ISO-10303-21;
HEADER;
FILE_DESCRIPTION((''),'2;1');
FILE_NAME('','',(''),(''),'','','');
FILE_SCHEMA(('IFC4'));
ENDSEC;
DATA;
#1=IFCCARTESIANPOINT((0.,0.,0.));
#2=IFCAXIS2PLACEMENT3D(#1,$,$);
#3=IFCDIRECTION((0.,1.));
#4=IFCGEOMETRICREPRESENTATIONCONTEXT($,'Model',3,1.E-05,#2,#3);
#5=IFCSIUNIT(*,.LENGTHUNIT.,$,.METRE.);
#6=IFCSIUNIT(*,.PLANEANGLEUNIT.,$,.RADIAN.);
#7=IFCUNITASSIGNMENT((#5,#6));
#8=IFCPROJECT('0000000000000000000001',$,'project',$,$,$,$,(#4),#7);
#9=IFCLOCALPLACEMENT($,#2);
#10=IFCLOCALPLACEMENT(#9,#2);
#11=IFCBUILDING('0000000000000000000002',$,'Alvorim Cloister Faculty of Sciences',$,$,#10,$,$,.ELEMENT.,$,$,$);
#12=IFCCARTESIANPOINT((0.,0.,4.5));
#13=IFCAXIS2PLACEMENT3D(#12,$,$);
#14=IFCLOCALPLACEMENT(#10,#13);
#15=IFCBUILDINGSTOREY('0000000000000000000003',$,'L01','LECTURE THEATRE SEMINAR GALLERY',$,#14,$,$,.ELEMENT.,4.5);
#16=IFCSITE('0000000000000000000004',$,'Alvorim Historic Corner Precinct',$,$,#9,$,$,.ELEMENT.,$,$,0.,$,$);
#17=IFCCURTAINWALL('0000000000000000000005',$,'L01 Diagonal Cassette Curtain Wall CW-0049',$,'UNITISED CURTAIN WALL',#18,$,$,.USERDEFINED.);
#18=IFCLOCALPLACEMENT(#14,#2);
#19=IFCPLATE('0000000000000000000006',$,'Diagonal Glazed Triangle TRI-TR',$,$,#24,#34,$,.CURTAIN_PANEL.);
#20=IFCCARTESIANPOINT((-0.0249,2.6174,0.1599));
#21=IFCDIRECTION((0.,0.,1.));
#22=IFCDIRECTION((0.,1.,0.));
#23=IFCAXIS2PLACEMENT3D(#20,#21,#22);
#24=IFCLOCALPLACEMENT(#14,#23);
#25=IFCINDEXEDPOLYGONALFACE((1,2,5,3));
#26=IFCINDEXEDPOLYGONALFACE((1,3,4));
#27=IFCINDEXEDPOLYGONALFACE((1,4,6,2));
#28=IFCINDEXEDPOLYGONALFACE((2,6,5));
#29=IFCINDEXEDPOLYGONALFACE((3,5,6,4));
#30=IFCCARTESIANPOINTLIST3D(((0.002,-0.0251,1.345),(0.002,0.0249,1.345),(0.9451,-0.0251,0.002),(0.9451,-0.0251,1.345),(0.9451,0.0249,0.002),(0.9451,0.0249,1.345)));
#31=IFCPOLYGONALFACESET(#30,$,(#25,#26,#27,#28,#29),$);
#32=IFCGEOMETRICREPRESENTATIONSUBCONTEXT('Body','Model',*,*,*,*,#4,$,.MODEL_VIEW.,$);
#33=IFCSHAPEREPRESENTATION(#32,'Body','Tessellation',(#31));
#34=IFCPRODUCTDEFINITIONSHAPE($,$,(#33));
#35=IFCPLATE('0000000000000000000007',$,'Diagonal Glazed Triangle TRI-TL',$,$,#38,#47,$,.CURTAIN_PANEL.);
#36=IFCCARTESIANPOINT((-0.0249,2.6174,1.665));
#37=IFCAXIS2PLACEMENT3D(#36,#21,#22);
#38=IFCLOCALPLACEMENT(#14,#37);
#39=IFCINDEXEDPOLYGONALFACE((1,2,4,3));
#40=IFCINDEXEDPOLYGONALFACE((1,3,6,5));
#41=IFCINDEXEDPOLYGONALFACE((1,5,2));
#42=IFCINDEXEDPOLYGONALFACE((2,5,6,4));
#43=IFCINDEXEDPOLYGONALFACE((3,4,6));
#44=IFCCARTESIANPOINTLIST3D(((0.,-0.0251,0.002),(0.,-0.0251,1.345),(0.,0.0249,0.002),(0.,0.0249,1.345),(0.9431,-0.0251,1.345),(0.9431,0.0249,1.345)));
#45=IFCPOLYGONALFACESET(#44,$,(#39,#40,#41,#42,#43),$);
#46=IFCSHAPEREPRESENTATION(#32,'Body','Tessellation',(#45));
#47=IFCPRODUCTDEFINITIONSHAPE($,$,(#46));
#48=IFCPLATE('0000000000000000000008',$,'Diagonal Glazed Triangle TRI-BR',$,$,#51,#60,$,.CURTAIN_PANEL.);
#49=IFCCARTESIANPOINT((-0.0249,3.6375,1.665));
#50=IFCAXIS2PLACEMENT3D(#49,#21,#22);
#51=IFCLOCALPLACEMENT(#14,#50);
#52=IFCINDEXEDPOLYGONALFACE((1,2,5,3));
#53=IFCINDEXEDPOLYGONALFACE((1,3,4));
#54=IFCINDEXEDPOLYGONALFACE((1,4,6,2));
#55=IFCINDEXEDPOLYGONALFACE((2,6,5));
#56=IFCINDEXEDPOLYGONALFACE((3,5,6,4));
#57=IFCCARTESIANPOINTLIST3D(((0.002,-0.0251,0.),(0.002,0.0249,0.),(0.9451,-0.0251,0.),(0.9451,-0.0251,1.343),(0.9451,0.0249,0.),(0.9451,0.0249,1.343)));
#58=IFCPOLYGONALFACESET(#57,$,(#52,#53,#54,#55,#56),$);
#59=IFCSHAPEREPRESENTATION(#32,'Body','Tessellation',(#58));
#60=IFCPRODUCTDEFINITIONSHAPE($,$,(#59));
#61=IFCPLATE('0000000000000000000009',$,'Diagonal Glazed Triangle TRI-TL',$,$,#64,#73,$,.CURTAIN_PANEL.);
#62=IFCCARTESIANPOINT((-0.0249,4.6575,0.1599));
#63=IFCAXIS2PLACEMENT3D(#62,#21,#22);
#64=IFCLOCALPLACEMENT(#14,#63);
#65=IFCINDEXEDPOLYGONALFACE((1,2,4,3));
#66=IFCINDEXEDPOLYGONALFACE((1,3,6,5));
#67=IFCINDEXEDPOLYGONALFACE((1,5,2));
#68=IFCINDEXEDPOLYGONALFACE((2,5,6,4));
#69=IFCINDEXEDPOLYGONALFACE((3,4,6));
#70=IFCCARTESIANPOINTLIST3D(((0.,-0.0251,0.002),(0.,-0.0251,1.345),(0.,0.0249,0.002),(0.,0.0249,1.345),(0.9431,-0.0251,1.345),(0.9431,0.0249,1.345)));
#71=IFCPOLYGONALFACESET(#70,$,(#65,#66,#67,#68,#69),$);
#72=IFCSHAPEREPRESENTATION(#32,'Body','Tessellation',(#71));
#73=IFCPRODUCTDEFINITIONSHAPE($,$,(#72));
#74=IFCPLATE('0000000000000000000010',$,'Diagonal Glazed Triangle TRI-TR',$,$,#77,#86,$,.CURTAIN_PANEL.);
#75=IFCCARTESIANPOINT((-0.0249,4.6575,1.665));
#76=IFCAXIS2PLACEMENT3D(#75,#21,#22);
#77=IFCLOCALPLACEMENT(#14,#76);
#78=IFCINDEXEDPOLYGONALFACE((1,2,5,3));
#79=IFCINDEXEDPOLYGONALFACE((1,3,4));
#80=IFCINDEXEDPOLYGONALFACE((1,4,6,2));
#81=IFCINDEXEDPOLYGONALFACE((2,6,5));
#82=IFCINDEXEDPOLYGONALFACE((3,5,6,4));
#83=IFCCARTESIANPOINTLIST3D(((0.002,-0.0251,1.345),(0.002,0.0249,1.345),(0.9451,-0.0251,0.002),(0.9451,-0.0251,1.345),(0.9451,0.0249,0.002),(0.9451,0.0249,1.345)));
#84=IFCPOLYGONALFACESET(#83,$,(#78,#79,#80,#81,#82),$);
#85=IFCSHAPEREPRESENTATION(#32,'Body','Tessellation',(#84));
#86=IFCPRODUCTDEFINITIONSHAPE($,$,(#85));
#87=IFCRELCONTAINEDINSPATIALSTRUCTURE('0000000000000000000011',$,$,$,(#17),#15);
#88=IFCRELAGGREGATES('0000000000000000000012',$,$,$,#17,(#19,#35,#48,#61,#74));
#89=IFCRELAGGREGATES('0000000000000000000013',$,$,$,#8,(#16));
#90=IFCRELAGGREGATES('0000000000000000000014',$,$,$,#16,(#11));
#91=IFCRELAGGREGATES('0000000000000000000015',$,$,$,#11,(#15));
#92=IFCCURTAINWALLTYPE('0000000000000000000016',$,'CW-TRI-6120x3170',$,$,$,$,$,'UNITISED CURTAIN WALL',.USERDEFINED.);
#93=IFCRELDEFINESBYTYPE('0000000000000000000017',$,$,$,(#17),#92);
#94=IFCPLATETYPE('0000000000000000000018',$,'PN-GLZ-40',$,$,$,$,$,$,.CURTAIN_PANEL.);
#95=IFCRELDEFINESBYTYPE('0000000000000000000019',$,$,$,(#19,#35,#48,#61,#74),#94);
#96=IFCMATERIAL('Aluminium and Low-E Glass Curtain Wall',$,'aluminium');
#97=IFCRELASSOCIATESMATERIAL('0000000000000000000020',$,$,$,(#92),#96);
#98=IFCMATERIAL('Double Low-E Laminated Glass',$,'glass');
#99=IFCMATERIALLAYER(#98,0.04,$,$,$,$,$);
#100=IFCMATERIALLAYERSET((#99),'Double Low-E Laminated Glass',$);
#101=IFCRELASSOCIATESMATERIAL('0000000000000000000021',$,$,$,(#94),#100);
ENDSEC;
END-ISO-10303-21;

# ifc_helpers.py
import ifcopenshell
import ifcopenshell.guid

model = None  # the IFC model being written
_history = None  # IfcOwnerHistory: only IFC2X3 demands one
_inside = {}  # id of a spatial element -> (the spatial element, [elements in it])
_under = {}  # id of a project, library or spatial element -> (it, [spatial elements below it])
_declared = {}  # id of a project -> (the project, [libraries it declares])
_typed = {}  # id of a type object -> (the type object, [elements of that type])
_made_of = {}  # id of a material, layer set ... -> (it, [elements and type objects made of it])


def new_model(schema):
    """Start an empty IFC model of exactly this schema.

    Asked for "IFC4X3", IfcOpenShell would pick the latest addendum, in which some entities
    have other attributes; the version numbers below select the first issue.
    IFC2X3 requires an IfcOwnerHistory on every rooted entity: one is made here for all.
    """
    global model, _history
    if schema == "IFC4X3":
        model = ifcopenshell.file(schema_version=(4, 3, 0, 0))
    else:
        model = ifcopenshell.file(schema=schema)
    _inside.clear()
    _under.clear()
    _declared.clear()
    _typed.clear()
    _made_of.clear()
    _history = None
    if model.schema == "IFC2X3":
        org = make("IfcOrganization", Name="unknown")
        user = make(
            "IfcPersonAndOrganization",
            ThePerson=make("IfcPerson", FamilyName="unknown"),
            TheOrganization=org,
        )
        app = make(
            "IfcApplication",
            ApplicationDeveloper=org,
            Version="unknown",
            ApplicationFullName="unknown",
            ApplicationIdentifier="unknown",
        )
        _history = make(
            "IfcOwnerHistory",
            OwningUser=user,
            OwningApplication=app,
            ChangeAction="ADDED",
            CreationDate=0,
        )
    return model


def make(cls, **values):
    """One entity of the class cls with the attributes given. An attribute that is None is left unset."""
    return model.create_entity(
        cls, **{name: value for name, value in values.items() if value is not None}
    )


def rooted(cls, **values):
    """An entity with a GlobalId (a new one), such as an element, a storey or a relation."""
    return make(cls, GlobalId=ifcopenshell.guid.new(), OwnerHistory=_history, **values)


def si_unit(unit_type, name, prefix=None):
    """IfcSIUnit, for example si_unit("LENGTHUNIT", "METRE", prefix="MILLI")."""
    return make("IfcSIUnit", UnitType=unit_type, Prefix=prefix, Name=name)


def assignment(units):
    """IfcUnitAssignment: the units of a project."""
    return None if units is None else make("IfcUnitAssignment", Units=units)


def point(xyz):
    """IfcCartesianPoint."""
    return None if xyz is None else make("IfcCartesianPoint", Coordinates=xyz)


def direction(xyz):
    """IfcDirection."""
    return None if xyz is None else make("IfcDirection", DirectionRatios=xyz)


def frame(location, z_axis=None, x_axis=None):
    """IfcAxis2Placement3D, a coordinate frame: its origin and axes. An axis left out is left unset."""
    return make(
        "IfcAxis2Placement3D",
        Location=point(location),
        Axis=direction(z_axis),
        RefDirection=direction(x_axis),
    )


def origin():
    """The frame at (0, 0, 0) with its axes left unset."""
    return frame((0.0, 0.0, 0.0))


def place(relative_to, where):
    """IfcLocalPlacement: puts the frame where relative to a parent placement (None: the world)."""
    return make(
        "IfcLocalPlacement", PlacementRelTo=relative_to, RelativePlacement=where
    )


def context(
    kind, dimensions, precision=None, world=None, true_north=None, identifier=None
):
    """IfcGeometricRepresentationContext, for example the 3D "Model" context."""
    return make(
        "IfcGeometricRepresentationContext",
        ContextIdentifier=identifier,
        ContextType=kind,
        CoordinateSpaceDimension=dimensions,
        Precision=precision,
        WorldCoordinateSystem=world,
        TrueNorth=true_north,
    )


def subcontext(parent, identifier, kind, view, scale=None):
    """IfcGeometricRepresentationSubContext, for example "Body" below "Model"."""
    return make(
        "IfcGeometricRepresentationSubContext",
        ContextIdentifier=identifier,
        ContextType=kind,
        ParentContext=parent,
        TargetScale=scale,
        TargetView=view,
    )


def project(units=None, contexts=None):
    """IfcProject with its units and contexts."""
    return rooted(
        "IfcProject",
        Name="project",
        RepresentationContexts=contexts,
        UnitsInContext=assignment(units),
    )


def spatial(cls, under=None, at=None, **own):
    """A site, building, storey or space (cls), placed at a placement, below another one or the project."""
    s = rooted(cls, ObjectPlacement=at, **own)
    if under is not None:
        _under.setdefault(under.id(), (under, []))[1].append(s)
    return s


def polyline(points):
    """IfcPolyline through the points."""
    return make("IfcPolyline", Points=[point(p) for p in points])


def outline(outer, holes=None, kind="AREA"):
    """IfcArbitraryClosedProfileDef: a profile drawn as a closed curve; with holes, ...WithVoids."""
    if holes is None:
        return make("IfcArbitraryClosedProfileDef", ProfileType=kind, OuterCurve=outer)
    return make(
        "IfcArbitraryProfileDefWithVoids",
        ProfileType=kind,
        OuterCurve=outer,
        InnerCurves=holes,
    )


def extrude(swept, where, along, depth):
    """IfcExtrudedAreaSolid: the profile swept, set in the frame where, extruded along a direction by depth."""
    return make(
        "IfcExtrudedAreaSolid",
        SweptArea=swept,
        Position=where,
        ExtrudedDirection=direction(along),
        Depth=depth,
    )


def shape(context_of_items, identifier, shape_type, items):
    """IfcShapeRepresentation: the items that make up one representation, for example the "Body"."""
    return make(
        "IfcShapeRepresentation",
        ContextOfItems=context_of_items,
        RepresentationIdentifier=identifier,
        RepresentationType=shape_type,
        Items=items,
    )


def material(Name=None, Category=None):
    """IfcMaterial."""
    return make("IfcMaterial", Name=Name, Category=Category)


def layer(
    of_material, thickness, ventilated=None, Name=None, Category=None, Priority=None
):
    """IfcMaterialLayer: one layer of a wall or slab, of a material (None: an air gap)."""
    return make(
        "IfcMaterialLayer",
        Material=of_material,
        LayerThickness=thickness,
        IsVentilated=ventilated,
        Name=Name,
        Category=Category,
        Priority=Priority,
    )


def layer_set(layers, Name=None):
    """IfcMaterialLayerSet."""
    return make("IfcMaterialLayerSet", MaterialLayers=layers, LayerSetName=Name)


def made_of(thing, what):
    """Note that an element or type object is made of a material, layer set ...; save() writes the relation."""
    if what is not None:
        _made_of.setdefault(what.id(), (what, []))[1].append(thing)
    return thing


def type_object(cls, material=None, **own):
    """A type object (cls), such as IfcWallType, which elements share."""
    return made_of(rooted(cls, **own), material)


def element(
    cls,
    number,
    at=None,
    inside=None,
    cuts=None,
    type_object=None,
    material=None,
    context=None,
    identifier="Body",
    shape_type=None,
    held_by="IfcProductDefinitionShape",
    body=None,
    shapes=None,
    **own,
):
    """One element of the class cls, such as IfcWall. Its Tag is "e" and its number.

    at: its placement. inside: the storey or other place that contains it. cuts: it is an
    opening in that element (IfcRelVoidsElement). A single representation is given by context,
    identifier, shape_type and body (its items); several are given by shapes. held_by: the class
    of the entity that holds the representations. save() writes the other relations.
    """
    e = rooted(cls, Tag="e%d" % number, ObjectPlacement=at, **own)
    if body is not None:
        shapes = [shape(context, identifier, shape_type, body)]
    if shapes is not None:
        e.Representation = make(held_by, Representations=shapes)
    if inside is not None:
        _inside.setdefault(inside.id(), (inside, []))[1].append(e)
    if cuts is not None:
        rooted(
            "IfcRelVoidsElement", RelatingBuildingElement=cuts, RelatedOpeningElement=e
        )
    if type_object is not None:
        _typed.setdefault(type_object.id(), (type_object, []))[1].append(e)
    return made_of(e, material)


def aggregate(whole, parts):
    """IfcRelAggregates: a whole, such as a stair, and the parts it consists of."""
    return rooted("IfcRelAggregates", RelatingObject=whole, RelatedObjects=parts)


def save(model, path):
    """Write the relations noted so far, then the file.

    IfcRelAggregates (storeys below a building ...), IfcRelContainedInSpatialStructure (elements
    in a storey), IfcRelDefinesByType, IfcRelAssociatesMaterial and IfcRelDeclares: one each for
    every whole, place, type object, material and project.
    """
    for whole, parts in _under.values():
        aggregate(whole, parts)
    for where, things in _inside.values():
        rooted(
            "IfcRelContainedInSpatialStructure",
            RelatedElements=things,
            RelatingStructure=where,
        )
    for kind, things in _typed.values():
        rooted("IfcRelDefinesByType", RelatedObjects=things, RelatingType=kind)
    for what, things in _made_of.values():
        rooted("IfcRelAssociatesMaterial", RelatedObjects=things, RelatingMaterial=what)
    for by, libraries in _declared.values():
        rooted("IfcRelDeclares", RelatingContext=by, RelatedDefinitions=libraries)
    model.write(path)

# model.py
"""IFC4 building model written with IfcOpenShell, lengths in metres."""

from ifc_helpers import new_model, si_unit, direction, frame, origin, place, context, subcontext, project, spatial, polyline, outline, extrude, material, layer, layer_set, type_object, element, aggregate, save


model = new_model("IFC4")

# Units and contexts
model_context = context("Model", 3, precision=1e-05, world=origin(), true_north=direction((0.0, 1.0)))
body_context = subcontext(model_context, "Body", "Model", "MODEL_VIEW")
ifc_project = project(units=[si_unit("LENGTHUNIT", "METRE"), si_unit("PLANEANGLEUNIT", "RADIAN")], contexts=[model_context])

# Site, building, storey
site_placement = place(None, origin())
site = spatial("IfcSite", under=ifc_project, at=site_placement, Name="Alvorim Historic Corner Precinct", CompositionType="ELEMENT", RefElevation=0.0)
building_placement = place(site_placement, origin())
building = spatial("IfcBuilding", under=site, at=building_placement, Name="Alvorim Cloister Faculty of Sciences", CompositionType="ELEMENT")
storey_placement = place(building_placement, frame((0.0, 0.0, 4.5)))
storey = spatial("IfcBuildingStorey", under=building, at=storey_placement, Name="L01", Description="LECTURE THEATRE SEMINAR GALLERY", CompositionType="ELEMENT", Elevation=4.5)

# Curtain wall, plates
ifc_material_1 = material(Name="Aluminium and Low-E Glass Curtain Wall", Category="aluminium")
curtain_wall_type = type_object("IfcCurtainWallType", Name="CW-TRI-6120x3170", ElementType="UNITISED CURTAIN WALL", PredefinedType="USERDEFINED", material=ifc_material_1)
curtain_wall_placement = place(storey_placement, origin())
curtain_wall = element("IfcCurtainWall", 1, at=curtain_wall_placement, inside=storey, type_object=curtain_wall_type, Name="L01 Diagonal Cassette Curtain Wall CW-0049", ObjectType="UNITISED CURTAIN WALL", PredefinedType="USERDEFINED")
ifc_material_2 = material(Name="Double Low-E Laminated Glass", Category="glass")
ifc_layer = layer(ifc_material_2, 0.04)
ifc_layer_set = layer_set([ifc_layer], Name="Double Low-E Laminated Glass")
plate_type = type_object("IfcPlateType", Name="PN-GLZ-40", PredefinedType="CURTAIN_PANEL", material=ifc_layer_set)
plate_1_placement = place(storey_placement, frame((-0.0249, 2.6174, 0.1599), z_axis=(0.0, 0.0, 1.0), x_axis=(0.0, 1.0, 0.0)))
plate_1 = element("IfcPlate", 2, at=plate_1_placement, type_object=plate_type, Name="Diagonal Glazed Triangle TRI-TR", PredefinedType="CURTAIN_PANEL", context=body_context, shape_type="SweptSolid", body=[
    extrude(outline(polyline([(0.9451, 0.002), (0.9451, 1.345), (0.002, 1.345), (0.9451, 0.002)])), frame((0.0, 0.0249, 0.0), z_axis=(0.0, -1.0, 0.0), x_axis=(1.0, 0.0, 0.0)), (0.0, 0.0, 1.0), 0.05),
])
plate_2_placement = place(storey_placement, frame((-0.0249, 2.6174, 1.665), z_axis=(0.0, 0.0, 1.0), x_axis=(0.0, 1.0, 0.0)))
plate_2 = element("IfcPlate", 3, at=plate_2_placement, type_object=plate_type, Name="Diagonal Glazed Triangle TRI-TL", PredefinedType="CURTAIN_PANEL", context=body_context, shape_type="SweptSolid", body=[
    extrude(outline(polyline([(0.9431, 1.345), (0.0, 1.345), (0.0, 0.002), (0.9431, 1.345)])), frame((0.0, 0.0249, 0.0), z_axis=(0.0, -1.0, 0.0), x_axis=(1.0, 0.0, 0.0)), (0.0, 0.0, 1.0), 0.05),
])
plate_3_placement = place(storey_placement, frame((-0.0249, 3.6375, 1.665), z_axis=(0.0, 0.0, 1.0), x_axis=(0.0, 1.0, 0.0)))
plate_3 = element("IfcPlate", 4, at=plate_3_placement, type_object=plate_type, Name="Diagonal Glazed Triangle TRI-BR", PredefinedType="CURTAIN_PANEL", context=body_context, shape_type="SweptSolid", body=[
    extrude(outline(polyline([(0.002, 0.0), (0.9451, 0.0), (0.9451, 1.343), (0.002, 0.0)])), frame((0.0, 0.0249, 0.0), z_axis=(0.0, -1.0, 0.0), x_axis=(1.0, 0.0, 0.0)), (0.0, 0.0, 1.0), 0.05),
])
plate_4_placement = place(storey_placement, frame((-0.0249, 4.6575, 0.1599), z_axis=(0.0, 0.0, 1.0), x_axis=(0.0, 1.0, 0.0)))
plate_4 = element("IfcPlate", 5, at=plate_4_placement, type_object=plate_type, Name="Diagonal Glazed Triangle TRI-TL", PredefinedType="CURTAIN_PANEL", context=body_context, shape_type="SweptSolid", body=[
    extrude(outline(polyline([(0.9431, 1.345), (0.0, 1.345), (0.0, 0.002), (0.9431, 1.345)])), frame((0.0, 0.0249, 0.0), z_axis=(0.0, -1.0, 0.0), x_axis=(1.0, 0.0, 0.0)), (0.0, 0.0, 1.0), 0.05),
])
plate_5_placement = place(storey_placement, frame((-0.0249, 4.6575, 1.665), z_axis=(0.0, 0.0, 1.0), x_axis=(0.0, 1.0, 0.0)))
plate_5 = element("IfcPlate", 6, at=plate_5_placement, type_object=plate_type, Name="Diagonal Glazed Triangle TRI-TR", PredefinedType="CURTAIN_PANEL", context=body_context, shape_type="SweptSolid", body=[
    extrude(outline(polyline([(0.9451, 0.002), (0.9451, 1.345), (0.002, 1.345), (0.9451, 0.002)])), frame((0.0, 0.0249, 0.0), z_axis=(0.0, -1.0, 0.0), x_axis=(1.0, 0.0, 0.0)), (0.0, 0.0, 1.0), 0.05),
])
aggregate(curtain_wall, [plate_1, plate_2, plate_3, plate_4, plate_5])

save(model, "model.ifc")
